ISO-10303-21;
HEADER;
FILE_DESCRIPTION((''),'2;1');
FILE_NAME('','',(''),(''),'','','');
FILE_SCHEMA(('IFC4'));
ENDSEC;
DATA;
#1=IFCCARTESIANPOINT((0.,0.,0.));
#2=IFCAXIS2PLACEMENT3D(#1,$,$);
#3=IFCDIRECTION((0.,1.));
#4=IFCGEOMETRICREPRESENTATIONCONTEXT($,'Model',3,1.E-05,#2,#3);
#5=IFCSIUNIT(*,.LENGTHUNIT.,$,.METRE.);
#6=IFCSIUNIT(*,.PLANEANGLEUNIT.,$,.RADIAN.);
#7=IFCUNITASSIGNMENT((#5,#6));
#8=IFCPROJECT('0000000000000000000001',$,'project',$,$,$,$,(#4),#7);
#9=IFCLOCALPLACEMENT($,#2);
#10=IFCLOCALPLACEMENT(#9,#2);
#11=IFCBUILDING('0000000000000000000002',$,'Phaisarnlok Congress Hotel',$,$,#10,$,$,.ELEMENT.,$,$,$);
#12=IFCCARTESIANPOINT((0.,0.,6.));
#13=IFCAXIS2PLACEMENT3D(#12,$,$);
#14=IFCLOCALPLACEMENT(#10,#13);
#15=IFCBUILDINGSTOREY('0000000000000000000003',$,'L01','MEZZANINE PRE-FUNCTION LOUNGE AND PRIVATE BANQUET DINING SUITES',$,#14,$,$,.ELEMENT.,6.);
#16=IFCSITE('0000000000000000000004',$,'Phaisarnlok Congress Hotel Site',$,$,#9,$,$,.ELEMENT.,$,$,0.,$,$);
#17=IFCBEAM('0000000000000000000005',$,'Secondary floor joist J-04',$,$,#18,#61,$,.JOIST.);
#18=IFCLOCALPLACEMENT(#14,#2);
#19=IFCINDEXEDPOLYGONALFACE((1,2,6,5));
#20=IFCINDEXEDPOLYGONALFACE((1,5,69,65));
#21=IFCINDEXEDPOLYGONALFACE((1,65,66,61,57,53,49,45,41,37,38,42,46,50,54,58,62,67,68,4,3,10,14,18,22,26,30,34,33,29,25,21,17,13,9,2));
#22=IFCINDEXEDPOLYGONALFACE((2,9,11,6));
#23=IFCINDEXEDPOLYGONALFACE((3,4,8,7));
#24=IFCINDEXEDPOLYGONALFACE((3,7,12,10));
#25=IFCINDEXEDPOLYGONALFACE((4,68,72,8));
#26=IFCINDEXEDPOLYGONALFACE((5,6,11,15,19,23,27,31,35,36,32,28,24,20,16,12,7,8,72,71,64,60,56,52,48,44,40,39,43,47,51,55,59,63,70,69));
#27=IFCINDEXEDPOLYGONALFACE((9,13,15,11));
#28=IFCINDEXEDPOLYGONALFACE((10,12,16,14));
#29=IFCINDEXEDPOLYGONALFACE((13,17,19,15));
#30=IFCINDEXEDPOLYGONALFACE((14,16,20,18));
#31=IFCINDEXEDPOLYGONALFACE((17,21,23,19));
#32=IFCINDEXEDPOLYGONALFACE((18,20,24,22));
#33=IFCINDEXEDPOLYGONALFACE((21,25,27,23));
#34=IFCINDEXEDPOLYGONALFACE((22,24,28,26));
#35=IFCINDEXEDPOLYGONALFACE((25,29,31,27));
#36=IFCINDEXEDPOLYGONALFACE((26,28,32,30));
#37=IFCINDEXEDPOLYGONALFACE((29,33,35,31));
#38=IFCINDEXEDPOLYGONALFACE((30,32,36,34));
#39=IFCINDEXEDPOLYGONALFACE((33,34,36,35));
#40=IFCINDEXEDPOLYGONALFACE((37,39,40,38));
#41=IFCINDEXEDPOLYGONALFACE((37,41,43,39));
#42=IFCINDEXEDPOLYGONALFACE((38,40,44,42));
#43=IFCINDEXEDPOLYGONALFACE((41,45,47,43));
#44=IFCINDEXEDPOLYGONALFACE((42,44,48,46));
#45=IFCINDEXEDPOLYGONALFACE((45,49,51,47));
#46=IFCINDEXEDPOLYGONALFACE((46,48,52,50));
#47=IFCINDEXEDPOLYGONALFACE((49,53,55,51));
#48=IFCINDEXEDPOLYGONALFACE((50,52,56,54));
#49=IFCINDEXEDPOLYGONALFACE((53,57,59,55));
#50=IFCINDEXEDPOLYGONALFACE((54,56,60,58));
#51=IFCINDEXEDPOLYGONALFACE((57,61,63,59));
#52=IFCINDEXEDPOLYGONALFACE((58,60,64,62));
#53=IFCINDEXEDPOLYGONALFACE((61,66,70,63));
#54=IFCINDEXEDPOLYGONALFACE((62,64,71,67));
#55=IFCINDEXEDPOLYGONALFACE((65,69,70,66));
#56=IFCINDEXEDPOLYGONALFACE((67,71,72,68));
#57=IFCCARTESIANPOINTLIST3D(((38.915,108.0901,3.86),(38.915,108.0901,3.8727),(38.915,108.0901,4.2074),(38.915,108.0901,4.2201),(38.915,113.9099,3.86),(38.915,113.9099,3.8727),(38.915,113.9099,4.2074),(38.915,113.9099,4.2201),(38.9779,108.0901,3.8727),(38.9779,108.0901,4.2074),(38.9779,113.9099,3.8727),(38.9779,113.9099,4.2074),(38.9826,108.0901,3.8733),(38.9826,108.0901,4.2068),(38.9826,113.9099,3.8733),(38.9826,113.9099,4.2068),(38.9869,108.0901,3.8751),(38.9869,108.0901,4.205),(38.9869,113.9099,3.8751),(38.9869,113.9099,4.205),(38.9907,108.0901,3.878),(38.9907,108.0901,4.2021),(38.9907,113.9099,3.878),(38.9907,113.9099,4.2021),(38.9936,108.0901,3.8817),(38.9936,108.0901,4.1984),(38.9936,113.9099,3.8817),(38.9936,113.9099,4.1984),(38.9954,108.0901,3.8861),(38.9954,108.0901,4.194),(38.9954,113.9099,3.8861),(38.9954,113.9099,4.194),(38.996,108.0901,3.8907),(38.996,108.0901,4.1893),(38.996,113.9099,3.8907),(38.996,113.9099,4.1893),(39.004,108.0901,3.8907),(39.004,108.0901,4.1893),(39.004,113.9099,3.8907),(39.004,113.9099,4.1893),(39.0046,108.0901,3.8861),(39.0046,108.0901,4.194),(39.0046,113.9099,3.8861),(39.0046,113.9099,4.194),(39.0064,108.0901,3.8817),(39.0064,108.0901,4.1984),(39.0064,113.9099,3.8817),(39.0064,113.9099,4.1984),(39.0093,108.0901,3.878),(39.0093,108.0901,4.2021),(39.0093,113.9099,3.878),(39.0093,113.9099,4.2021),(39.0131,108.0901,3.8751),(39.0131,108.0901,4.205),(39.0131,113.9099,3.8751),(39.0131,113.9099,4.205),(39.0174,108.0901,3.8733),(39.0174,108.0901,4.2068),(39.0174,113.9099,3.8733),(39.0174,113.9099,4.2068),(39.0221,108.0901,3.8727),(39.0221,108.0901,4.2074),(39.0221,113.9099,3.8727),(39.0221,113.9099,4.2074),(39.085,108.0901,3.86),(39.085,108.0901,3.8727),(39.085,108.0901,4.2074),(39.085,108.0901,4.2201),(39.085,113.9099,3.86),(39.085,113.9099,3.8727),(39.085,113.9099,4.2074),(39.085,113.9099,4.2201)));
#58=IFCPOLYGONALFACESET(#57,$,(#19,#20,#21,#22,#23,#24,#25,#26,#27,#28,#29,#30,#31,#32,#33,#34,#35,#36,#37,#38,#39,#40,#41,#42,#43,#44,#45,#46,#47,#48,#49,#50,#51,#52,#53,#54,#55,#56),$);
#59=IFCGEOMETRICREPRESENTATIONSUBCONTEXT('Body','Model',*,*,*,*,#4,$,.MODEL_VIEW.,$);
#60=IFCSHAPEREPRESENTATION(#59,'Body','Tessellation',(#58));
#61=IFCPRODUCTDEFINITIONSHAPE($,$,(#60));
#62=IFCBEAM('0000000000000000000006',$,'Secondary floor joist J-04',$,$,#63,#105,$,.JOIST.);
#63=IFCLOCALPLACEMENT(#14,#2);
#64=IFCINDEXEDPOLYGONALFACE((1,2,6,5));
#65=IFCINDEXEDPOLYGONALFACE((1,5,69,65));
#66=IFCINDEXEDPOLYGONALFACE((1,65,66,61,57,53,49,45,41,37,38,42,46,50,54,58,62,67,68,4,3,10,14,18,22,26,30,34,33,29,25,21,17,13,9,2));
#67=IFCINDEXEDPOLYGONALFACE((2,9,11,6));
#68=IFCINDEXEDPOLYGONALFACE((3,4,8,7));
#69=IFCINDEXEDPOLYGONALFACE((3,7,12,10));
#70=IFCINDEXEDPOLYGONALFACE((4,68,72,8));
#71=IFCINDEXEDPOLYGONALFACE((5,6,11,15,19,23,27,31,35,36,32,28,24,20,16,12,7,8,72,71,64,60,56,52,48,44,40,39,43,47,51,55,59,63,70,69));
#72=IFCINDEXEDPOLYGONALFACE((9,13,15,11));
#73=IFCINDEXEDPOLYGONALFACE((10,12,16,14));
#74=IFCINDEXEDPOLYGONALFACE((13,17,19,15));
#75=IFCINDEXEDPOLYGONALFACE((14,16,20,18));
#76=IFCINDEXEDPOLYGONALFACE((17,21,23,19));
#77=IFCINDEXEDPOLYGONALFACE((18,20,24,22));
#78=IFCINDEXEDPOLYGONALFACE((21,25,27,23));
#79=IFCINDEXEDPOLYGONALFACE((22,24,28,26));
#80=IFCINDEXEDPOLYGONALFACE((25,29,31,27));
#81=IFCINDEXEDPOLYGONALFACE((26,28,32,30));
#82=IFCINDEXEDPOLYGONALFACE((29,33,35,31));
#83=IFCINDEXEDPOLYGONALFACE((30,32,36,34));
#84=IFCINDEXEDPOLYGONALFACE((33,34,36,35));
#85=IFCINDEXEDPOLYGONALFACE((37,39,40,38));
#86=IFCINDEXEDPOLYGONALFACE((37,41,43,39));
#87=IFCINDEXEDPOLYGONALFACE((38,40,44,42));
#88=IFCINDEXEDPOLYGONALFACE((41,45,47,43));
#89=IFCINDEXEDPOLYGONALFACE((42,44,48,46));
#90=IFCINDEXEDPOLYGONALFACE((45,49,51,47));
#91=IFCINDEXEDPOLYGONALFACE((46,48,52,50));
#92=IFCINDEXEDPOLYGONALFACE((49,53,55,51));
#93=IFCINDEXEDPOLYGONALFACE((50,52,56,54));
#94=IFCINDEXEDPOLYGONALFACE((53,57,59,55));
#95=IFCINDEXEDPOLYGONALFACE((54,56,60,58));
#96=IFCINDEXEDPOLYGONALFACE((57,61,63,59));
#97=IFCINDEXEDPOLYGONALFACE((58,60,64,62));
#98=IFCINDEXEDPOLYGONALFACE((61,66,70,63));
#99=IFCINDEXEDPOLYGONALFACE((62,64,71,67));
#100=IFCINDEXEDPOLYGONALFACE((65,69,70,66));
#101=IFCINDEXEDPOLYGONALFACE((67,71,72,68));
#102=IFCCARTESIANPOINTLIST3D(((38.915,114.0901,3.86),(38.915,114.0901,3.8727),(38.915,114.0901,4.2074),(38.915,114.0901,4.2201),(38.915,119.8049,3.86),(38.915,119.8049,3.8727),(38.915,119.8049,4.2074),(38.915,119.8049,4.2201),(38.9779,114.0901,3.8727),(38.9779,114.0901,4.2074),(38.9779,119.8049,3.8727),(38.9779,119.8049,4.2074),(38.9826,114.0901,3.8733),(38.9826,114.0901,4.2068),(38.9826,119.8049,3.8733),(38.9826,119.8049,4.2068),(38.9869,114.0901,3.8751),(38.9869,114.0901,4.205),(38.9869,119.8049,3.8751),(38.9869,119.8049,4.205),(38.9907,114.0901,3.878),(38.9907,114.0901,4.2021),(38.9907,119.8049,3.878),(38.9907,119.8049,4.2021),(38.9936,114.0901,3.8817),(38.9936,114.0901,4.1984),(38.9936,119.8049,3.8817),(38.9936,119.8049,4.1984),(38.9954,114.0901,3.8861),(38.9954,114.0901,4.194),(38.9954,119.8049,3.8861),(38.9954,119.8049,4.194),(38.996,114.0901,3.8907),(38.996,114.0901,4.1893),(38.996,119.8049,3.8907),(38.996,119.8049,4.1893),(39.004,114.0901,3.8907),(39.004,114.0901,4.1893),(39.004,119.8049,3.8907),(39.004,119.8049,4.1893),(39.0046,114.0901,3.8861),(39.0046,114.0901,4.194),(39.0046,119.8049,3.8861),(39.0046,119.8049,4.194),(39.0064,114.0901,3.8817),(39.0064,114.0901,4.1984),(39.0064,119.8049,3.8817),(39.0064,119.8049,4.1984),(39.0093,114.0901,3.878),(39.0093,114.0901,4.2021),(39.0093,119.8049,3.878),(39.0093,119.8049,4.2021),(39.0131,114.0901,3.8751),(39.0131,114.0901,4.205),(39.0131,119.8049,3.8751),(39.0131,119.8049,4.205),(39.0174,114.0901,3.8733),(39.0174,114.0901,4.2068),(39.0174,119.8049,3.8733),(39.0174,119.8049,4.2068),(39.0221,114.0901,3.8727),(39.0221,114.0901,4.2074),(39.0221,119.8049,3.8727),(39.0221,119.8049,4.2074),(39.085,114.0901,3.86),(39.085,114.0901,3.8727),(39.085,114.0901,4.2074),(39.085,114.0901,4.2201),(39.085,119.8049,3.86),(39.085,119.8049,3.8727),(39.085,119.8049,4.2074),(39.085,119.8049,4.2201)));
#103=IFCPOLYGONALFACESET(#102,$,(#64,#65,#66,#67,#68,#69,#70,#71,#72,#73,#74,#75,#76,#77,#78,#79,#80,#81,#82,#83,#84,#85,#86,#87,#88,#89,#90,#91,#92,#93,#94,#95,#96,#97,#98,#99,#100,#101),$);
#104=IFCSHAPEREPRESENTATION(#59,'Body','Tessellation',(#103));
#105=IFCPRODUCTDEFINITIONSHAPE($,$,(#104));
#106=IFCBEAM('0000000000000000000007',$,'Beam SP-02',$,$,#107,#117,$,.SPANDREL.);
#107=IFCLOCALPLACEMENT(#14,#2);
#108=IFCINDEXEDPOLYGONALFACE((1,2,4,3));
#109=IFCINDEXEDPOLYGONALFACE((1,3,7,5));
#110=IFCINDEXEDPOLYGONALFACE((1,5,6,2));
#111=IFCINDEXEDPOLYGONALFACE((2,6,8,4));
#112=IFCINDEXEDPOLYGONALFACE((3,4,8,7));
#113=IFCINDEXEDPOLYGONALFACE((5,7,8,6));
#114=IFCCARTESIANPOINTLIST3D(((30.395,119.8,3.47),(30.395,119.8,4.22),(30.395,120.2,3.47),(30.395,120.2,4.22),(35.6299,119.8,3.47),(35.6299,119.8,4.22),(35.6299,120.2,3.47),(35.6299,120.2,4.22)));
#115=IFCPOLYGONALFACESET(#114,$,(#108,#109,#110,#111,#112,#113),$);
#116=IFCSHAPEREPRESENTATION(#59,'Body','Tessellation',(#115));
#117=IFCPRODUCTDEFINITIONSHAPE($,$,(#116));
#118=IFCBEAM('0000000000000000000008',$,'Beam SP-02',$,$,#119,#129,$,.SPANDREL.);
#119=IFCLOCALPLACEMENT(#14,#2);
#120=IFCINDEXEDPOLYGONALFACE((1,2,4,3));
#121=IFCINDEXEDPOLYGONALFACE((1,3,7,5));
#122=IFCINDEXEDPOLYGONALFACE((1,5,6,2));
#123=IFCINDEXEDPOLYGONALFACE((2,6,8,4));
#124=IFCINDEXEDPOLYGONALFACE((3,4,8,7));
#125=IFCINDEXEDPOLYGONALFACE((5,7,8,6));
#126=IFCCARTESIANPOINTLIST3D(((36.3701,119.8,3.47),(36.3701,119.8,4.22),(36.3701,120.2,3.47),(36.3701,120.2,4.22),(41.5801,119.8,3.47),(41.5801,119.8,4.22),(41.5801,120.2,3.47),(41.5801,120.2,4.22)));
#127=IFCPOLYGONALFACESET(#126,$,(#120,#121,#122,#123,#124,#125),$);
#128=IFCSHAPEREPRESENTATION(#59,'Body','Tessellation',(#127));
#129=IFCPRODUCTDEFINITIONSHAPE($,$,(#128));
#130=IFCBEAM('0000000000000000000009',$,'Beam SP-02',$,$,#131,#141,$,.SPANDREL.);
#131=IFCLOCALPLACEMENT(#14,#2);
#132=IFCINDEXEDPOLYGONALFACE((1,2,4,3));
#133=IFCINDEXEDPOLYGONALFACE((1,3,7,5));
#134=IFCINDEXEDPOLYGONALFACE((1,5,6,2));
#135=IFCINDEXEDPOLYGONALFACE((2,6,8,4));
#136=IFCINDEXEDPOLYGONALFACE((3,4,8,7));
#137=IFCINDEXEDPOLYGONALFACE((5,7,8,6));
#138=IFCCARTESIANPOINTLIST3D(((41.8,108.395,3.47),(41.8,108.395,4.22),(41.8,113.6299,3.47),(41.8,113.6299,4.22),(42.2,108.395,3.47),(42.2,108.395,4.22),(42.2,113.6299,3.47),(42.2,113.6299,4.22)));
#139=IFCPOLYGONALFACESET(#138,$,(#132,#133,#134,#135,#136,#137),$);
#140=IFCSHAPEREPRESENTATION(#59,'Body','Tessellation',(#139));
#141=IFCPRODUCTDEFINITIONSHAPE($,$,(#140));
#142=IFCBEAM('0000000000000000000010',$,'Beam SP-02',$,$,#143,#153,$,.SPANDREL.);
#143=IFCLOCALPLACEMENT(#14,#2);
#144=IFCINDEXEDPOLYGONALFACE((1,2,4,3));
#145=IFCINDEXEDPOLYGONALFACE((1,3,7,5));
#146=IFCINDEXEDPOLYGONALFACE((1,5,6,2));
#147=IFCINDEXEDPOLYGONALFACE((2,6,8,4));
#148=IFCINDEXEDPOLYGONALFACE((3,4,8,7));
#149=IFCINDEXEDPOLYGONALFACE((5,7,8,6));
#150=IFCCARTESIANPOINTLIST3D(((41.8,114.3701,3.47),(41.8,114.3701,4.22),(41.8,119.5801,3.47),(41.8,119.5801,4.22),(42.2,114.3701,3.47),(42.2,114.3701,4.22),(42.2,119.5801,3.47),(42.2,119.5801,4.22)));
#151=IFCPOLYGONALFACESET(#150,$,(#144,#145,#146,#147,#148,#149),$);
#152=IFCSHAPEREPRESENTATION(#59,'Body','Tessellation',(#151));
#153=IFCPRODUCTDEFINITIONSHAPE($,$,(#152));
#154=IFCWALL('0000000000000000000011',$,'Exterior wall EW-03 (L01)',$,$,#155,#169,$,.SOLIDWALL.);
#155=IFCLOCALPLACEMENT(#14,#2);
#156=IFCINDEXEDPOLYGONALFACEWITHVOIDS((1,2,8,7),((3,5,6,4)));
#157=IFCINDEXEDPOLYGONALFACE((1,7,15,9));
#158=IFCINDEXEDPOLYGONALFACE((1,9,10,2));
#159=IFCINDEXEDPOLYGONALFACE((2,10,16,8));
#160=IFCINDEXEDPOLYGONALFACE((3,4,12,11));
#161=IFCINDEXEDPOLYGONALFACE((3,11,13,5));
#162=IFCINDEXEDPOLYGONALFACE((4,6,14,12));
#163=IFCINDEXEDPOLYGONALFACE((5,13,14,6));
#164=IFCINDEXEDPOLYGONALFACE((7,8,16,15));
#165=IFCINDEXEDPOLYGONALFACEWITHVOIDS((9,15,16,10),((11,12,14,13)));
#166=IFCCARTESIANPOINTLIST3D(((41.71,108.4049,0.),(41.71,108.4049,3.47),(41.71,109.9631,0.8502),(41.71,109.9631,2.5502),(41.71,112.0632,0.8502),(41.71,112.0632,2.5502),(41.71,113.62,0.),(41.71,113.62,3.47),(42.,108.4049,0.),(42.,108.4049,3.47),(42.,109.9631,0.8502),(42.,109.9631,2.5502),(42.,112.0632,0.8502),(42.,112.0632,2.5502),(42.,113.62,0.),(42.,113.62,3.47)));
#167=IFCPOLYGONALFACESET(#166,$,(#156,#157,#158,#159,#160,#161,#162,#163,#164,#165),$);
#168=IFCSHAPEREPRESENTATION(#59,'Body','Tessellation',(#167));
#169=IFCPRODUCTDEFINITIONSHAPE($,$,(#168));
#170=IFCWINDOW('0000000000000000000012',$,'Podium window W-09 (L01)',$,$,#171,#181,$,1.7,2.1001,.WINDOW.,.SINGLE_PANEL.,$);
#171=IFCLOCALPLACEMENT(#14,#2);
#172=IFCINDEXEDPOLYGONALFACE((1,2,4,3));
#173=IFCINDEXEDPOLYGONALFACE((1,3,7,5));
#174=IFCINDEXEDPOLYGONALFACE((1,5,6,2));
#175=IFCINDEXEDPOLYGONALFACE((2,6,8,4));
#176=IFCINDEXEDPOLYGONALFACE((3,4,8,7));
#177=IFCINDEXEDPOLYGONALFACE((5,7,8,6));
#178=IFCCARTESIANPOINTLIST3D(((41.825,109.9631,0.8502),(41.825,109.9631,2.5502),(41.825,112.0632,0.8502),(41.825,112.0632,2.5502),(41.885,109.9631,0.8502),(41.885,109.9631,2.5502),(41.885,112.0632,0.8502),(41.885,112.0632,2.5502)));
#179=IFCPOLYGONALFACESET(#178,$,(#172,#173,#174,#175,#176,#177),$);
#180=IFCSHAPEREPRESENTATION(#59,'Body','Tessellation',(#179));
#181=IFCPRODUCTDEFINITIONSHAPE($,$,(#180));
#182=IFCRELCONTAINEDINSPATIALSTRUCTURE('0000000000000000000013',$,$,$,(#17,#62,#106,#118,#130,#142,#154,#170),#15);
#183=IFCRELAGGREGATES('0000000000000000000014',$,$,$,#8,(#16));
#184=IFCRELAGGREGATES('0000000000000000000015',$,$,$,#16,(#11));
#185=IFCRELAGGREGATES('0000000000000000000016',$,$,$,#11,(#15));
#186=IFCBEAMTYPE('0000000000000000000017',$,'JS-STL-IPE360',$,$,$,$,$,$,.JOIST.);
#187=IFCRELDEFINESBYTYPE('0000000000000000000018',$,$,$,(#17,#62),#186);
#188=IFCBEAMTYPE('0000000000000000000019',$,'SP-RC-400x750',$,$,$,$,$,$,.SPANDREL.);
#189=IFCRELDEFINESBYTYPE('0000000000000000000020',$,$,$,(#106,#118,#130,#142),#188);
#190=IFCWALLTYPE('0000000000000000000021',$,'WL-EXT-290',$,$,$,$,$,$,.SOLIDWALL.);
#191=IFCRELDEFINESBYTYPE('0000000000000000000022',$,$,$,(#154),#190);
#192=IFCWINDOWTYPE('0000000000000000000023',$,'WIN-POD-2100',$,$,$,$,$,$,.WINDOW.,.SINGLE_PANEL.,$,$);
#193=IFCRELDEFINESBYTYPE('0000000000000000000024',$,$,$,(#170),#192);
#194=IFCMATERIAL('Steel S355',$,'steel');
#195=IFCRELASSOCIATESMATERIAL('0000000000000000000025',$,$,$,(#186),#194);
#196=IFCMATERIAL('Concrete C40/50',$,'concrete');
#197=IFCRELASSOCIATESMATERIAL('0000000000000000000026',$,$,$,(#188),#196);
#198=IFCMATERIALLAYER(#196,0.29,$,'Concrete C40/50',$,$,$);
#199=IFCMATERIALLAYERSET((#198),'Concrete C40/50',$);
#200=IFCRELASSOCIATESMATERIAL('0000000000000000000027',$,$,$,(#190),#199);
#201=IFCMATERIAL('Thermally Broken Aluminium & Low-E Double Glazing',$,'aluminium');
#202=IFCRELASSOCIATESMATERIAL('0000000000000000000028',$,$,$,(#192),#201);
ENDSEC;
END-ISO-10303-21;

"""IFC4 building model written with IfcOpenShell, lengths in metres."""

from ifc_helpers import new_model, si_unit, direction, frame, frame_2d, origin, origin_2d, place, context, subcontext, project, spatial, rectangle, i_section, extrude, material, layer, layer_set, material_profile, profile_set, type_object, element, fill, save


model = new_model("IFC4")

# Units and contexts
model_context = context("Model", 3, precision=1e-05, world=origin(), true_north=direction((0.0, 1.0)))
body_context = subcontext(model_context, "Body", "Model", "MODEL_VIEW")
ifc_project = project(units=[si_unit("LENGTHUNIT", "METRE"), si_unit("PLANEANGLEUNIT", "RADIAN")], contexts=[model_context])

# Site, building, storey
site_placement = place(None, origin())
site = spatial("IfcSite", under=ifc_project, at=site_placement, Name="Phaisarnlok Congress Hotel Site", CompositionType="ELEMENT", RefElevation=0.0)
building_placement = place(site_placement, origin())
building = spatial("IfcBuilding", under=site, at=building_placement, Name="Phaisarnlok Congress Hotel", CompositionType="ELEMENT")
storey_placement = place(building_placement, frame((0.0, 0.0, 6.0)))
storey = spatial("IfcBuildingStorey", under=building, at=storey_placement, Name="L01", Description="MEZZANINE PRE-FUNCTION LOUNGE AND PRIVATE BANQUET DINING SUITES", CompositionType="ELEMENT", Elevation=6.0)

# Shared definitions
ifc_material_1 = material(Name="Steel S355", Category="steel")

# Beams
ifc_material_2 = material(Name="Concrete C40/50", Category="concrete")
ifc_material_profile_1 = material_profile(ifc_material_1, i_section(OverallWidth=0.1699, OverallDepth=0.3601, WebThickness=0.0081, FlangeThickness=0.0127, FilletRadius=0.0181, at=origin_2d()), Name="IPE 360")
ifc_profile_set_1 = profile_set([ifc_material_profile_1], Name="Steel S355")
beam_type_1 = type_object("IfcBeamType", Name="JS-STL-IPE360", PredefinedType="JOIST", material=ifc_profile_set_1)
beam_1_placement = place(storey_placement, frame((39.0, 108.0901, 4.04), z_axis=(0.0, 1.0, 0.0), x_axis=(-1.0, 0.0, 0.0)))
element("IfcBeam", 1, at=beam_1_placement, inside=storey, type_object=beam_type_1, Name="Secondary floor joist J-04", PredefinedType="JOIST", context=body_context, shape_type="SweptSolid", body=[
    extrude(i_section(OverallWidth=0.1699, OverallDepth=0.3601, WebThickness=0.0081, FlangeThickness=0.0127, FilletRadius=0.0181, at=origin_2d()), origin(), (0.0, 0.0, 1.0), 5.8198),
])
beam_2_placement = place(storey_placement, frame((39.0, 114.0901, 4.04), z_axis=(0.0, 1.0, 0.0), x_axis=(-1.0, 0.0, 0.0)))
element("IfcBeam", 2, at=beam_2_placement, inside=storey, type_object=beam_type_1, Name="Secondary floor joist J-04", PredefinedType="JOIST", context=body_context, shape_type="SweptSolid", body=[
    extrude(i_section(OverallWidth=0.1699, OverallDepth=0.3601, WebThickness=0.0081, FlangeThickness=0.0127, FilletRadius=0.0181, at=origin_2d()), origin(), (0.0, 0.0, 1.0), 5.7148),
])
ifc_material_profile_2 = material_profile(ifc_material_2, rectangle(XDim=0.3999, YDim=0.75, at=origin_2d()), Name="RC 400x750")
ifc_profile_set_2 = profile_set([ifc_material_profile_2], Name="Concrete C40/50")
beam_type_2 = type_object("IfcBeamType", Name="SP-RC-400x750", PredefinedType="SPANDREL", material=ifc_profile_set_2)
beam_3_placement = place(storey_placement, frame((30.395, 120.0, 3.845), z_axis=(1.0, 0.0, 0.0), x_axis=(0.0, 1.0, 0.0)))
element("IfcBeam", 3, at=beam_3_placement, inside=storey, type_object=beam_type_2, Name="Beam SP-02", PredefinedType="SPANDREL", context=body_context, shape_type="SweptSolid", body=[
    extrude(rectangle(XDim=0.3999, YDim=0.75, at=origin_2d()), origin(), (0.0, 0.0, 1.0), 5.2349),
])
beam_4_placement = place(storey_placement, frame((36.3701, 120.0, 3.845), z_axis=(1.0, 0.0, 0.0), x_axis=(0.0, 1.0, 0.0)))
element("IfcBeam", 4, at=beam_4_placement, inside=storey, type_object=beam_type_2, Name="Beam SP-02", PredefinedType="SPANDREL", context=body_context, shape_type="SweptSolid", body=[
    extrude(rectangle(XDim=0.3999, YDim=0.75, at=origin_2d()), origin(), (0.0, 0.0, 1.0), 5.21),
])
beam_5_placement = place(storey_placement, frame((42.0, 108.395, 3.845), z_axis=(0.0, 1.0, 0.0), x_axis=(-1.0, 0.0, 0.0)))
element("IfcBeam", 5, at=beam_5_placement, inside=storey, type_object=beam_type_2, Name="Beam SP-02", PredefinedType="SPANDREL", context=body_context, shape_type="SweptSolid", body=[
    extrude(rectangle(XDim=0.3999, YDim=0.75, at=origin_2d()), origin(), (0.0, 0.0, 1.0), 5.2349),
])
beam_6_placement = place(storey_placement, frame((42.0, 114.3701, 3.845), z_axis=(0.0, 1.0, 0.0), x_axis=(-1.0, 0.0, 0.0)))
element("IfcBeam", 6, at=beam_6_placement, inside=storey, type_object=beam_type_2, Name="Beam SP-02", PredefinedType="SPANDREL", context=body_context, shape_type="SweptSolid", body=[
    extrude(rectangle(XDim=0.3999, YDim=0.75, at=origin_2d()), origin(), (0.0, 0.0, 1.0), 5.21),
])

# Wall, opening, window
ifc_layer_1 = layer(ifc_material_2, 0.29, Name="Concrete C40/50")
ifc_layer_set_1 = layer_set([ifc_layer_1], Name="Concrete C40/50")
wall_type_1 = type_object("IfcWallType", Name="WL-EXT-290", PredefinedType="SOLIDWALL", material=ifc_layer_set_1)
wall_1_placement = place(storey_placement, frame((41.855, 108.405, 0.0), z_axis=(0.0, 0.0, 1.0), x_axis=(0.0, 1.0, 0.0)))
wall_1 = element("IfcWall", 7, at=wall_1_placement, inside=storey, type_object=wall_type_1, Name="Exterior wall EW-03 (L01)", PredefinedType="SOLIDWALL", context=body_context, shape_type="SweptSolid", body=[
    extrude(rectangle(XDim=5.2151, YDim=0.29, at=frame_2d((2.6074, 0.0))), origin(), (0.0, 0.0, 1.0), 3.47),
])
opening_1_placement = place(wall_1_placement, frame((1.5581, 0.0, 0.8501)))
opening_1 = element("IfcOpeningElement", 8, at=opening_1_placement, cuts=wall_1, PredefinedType="OPENING", context=body_context, shape_type="SweptSolid", body=[
    extrude(rectangle(XDim=2.1001, YDim=1.7, at=frame_2d((1.05, 0.8501))), frame((0.0, 0.155, 0.0), z_axis=(0.0, -1.0, 0.0), x_axis=(1.0, 0.0, 0.0)), (0.0, 0.0, 1.0), 0.3101),
])
ifc_material_3 = material(Name="Thermally Broken Aluminium & Low-E Double Glazing", Category="aluminium")
window_type_1 = type_object("IfcWindowType", Name="WIN-POD-2100", PartitioningType="SINGLE_PANEL", PredefinedType="WINDOW", material=ifc_material_3)
window_1_placement = place(opening_1_placement, origin())
window_1 = element("IfcWindow", 9, at=window_1_placement, inside=storey, type_object=window_type_1, Name="Podium window W-09 (L01)", OverallHeight=1.7, OverallWidth=2.1001, PartitioningType="SINGLE_PANEL", PredefinedType="WINDOW", context=body_context, shape_type="SweptSolid", body=[
    extrude(rectangle(XDim=2.1001, YDim=1.7, at=frame_2d((1.05, 0.8501))), frame((0.0, 0.03, 0.0), z_axis=(0.0, -1.0, 0.0), x_axis=(1.0, 0.0, 0.0)), (0.0, 0.0, 1.0), 0.0601),
])
fill(opening_1, window_1)

save(model, "model.ifc")
